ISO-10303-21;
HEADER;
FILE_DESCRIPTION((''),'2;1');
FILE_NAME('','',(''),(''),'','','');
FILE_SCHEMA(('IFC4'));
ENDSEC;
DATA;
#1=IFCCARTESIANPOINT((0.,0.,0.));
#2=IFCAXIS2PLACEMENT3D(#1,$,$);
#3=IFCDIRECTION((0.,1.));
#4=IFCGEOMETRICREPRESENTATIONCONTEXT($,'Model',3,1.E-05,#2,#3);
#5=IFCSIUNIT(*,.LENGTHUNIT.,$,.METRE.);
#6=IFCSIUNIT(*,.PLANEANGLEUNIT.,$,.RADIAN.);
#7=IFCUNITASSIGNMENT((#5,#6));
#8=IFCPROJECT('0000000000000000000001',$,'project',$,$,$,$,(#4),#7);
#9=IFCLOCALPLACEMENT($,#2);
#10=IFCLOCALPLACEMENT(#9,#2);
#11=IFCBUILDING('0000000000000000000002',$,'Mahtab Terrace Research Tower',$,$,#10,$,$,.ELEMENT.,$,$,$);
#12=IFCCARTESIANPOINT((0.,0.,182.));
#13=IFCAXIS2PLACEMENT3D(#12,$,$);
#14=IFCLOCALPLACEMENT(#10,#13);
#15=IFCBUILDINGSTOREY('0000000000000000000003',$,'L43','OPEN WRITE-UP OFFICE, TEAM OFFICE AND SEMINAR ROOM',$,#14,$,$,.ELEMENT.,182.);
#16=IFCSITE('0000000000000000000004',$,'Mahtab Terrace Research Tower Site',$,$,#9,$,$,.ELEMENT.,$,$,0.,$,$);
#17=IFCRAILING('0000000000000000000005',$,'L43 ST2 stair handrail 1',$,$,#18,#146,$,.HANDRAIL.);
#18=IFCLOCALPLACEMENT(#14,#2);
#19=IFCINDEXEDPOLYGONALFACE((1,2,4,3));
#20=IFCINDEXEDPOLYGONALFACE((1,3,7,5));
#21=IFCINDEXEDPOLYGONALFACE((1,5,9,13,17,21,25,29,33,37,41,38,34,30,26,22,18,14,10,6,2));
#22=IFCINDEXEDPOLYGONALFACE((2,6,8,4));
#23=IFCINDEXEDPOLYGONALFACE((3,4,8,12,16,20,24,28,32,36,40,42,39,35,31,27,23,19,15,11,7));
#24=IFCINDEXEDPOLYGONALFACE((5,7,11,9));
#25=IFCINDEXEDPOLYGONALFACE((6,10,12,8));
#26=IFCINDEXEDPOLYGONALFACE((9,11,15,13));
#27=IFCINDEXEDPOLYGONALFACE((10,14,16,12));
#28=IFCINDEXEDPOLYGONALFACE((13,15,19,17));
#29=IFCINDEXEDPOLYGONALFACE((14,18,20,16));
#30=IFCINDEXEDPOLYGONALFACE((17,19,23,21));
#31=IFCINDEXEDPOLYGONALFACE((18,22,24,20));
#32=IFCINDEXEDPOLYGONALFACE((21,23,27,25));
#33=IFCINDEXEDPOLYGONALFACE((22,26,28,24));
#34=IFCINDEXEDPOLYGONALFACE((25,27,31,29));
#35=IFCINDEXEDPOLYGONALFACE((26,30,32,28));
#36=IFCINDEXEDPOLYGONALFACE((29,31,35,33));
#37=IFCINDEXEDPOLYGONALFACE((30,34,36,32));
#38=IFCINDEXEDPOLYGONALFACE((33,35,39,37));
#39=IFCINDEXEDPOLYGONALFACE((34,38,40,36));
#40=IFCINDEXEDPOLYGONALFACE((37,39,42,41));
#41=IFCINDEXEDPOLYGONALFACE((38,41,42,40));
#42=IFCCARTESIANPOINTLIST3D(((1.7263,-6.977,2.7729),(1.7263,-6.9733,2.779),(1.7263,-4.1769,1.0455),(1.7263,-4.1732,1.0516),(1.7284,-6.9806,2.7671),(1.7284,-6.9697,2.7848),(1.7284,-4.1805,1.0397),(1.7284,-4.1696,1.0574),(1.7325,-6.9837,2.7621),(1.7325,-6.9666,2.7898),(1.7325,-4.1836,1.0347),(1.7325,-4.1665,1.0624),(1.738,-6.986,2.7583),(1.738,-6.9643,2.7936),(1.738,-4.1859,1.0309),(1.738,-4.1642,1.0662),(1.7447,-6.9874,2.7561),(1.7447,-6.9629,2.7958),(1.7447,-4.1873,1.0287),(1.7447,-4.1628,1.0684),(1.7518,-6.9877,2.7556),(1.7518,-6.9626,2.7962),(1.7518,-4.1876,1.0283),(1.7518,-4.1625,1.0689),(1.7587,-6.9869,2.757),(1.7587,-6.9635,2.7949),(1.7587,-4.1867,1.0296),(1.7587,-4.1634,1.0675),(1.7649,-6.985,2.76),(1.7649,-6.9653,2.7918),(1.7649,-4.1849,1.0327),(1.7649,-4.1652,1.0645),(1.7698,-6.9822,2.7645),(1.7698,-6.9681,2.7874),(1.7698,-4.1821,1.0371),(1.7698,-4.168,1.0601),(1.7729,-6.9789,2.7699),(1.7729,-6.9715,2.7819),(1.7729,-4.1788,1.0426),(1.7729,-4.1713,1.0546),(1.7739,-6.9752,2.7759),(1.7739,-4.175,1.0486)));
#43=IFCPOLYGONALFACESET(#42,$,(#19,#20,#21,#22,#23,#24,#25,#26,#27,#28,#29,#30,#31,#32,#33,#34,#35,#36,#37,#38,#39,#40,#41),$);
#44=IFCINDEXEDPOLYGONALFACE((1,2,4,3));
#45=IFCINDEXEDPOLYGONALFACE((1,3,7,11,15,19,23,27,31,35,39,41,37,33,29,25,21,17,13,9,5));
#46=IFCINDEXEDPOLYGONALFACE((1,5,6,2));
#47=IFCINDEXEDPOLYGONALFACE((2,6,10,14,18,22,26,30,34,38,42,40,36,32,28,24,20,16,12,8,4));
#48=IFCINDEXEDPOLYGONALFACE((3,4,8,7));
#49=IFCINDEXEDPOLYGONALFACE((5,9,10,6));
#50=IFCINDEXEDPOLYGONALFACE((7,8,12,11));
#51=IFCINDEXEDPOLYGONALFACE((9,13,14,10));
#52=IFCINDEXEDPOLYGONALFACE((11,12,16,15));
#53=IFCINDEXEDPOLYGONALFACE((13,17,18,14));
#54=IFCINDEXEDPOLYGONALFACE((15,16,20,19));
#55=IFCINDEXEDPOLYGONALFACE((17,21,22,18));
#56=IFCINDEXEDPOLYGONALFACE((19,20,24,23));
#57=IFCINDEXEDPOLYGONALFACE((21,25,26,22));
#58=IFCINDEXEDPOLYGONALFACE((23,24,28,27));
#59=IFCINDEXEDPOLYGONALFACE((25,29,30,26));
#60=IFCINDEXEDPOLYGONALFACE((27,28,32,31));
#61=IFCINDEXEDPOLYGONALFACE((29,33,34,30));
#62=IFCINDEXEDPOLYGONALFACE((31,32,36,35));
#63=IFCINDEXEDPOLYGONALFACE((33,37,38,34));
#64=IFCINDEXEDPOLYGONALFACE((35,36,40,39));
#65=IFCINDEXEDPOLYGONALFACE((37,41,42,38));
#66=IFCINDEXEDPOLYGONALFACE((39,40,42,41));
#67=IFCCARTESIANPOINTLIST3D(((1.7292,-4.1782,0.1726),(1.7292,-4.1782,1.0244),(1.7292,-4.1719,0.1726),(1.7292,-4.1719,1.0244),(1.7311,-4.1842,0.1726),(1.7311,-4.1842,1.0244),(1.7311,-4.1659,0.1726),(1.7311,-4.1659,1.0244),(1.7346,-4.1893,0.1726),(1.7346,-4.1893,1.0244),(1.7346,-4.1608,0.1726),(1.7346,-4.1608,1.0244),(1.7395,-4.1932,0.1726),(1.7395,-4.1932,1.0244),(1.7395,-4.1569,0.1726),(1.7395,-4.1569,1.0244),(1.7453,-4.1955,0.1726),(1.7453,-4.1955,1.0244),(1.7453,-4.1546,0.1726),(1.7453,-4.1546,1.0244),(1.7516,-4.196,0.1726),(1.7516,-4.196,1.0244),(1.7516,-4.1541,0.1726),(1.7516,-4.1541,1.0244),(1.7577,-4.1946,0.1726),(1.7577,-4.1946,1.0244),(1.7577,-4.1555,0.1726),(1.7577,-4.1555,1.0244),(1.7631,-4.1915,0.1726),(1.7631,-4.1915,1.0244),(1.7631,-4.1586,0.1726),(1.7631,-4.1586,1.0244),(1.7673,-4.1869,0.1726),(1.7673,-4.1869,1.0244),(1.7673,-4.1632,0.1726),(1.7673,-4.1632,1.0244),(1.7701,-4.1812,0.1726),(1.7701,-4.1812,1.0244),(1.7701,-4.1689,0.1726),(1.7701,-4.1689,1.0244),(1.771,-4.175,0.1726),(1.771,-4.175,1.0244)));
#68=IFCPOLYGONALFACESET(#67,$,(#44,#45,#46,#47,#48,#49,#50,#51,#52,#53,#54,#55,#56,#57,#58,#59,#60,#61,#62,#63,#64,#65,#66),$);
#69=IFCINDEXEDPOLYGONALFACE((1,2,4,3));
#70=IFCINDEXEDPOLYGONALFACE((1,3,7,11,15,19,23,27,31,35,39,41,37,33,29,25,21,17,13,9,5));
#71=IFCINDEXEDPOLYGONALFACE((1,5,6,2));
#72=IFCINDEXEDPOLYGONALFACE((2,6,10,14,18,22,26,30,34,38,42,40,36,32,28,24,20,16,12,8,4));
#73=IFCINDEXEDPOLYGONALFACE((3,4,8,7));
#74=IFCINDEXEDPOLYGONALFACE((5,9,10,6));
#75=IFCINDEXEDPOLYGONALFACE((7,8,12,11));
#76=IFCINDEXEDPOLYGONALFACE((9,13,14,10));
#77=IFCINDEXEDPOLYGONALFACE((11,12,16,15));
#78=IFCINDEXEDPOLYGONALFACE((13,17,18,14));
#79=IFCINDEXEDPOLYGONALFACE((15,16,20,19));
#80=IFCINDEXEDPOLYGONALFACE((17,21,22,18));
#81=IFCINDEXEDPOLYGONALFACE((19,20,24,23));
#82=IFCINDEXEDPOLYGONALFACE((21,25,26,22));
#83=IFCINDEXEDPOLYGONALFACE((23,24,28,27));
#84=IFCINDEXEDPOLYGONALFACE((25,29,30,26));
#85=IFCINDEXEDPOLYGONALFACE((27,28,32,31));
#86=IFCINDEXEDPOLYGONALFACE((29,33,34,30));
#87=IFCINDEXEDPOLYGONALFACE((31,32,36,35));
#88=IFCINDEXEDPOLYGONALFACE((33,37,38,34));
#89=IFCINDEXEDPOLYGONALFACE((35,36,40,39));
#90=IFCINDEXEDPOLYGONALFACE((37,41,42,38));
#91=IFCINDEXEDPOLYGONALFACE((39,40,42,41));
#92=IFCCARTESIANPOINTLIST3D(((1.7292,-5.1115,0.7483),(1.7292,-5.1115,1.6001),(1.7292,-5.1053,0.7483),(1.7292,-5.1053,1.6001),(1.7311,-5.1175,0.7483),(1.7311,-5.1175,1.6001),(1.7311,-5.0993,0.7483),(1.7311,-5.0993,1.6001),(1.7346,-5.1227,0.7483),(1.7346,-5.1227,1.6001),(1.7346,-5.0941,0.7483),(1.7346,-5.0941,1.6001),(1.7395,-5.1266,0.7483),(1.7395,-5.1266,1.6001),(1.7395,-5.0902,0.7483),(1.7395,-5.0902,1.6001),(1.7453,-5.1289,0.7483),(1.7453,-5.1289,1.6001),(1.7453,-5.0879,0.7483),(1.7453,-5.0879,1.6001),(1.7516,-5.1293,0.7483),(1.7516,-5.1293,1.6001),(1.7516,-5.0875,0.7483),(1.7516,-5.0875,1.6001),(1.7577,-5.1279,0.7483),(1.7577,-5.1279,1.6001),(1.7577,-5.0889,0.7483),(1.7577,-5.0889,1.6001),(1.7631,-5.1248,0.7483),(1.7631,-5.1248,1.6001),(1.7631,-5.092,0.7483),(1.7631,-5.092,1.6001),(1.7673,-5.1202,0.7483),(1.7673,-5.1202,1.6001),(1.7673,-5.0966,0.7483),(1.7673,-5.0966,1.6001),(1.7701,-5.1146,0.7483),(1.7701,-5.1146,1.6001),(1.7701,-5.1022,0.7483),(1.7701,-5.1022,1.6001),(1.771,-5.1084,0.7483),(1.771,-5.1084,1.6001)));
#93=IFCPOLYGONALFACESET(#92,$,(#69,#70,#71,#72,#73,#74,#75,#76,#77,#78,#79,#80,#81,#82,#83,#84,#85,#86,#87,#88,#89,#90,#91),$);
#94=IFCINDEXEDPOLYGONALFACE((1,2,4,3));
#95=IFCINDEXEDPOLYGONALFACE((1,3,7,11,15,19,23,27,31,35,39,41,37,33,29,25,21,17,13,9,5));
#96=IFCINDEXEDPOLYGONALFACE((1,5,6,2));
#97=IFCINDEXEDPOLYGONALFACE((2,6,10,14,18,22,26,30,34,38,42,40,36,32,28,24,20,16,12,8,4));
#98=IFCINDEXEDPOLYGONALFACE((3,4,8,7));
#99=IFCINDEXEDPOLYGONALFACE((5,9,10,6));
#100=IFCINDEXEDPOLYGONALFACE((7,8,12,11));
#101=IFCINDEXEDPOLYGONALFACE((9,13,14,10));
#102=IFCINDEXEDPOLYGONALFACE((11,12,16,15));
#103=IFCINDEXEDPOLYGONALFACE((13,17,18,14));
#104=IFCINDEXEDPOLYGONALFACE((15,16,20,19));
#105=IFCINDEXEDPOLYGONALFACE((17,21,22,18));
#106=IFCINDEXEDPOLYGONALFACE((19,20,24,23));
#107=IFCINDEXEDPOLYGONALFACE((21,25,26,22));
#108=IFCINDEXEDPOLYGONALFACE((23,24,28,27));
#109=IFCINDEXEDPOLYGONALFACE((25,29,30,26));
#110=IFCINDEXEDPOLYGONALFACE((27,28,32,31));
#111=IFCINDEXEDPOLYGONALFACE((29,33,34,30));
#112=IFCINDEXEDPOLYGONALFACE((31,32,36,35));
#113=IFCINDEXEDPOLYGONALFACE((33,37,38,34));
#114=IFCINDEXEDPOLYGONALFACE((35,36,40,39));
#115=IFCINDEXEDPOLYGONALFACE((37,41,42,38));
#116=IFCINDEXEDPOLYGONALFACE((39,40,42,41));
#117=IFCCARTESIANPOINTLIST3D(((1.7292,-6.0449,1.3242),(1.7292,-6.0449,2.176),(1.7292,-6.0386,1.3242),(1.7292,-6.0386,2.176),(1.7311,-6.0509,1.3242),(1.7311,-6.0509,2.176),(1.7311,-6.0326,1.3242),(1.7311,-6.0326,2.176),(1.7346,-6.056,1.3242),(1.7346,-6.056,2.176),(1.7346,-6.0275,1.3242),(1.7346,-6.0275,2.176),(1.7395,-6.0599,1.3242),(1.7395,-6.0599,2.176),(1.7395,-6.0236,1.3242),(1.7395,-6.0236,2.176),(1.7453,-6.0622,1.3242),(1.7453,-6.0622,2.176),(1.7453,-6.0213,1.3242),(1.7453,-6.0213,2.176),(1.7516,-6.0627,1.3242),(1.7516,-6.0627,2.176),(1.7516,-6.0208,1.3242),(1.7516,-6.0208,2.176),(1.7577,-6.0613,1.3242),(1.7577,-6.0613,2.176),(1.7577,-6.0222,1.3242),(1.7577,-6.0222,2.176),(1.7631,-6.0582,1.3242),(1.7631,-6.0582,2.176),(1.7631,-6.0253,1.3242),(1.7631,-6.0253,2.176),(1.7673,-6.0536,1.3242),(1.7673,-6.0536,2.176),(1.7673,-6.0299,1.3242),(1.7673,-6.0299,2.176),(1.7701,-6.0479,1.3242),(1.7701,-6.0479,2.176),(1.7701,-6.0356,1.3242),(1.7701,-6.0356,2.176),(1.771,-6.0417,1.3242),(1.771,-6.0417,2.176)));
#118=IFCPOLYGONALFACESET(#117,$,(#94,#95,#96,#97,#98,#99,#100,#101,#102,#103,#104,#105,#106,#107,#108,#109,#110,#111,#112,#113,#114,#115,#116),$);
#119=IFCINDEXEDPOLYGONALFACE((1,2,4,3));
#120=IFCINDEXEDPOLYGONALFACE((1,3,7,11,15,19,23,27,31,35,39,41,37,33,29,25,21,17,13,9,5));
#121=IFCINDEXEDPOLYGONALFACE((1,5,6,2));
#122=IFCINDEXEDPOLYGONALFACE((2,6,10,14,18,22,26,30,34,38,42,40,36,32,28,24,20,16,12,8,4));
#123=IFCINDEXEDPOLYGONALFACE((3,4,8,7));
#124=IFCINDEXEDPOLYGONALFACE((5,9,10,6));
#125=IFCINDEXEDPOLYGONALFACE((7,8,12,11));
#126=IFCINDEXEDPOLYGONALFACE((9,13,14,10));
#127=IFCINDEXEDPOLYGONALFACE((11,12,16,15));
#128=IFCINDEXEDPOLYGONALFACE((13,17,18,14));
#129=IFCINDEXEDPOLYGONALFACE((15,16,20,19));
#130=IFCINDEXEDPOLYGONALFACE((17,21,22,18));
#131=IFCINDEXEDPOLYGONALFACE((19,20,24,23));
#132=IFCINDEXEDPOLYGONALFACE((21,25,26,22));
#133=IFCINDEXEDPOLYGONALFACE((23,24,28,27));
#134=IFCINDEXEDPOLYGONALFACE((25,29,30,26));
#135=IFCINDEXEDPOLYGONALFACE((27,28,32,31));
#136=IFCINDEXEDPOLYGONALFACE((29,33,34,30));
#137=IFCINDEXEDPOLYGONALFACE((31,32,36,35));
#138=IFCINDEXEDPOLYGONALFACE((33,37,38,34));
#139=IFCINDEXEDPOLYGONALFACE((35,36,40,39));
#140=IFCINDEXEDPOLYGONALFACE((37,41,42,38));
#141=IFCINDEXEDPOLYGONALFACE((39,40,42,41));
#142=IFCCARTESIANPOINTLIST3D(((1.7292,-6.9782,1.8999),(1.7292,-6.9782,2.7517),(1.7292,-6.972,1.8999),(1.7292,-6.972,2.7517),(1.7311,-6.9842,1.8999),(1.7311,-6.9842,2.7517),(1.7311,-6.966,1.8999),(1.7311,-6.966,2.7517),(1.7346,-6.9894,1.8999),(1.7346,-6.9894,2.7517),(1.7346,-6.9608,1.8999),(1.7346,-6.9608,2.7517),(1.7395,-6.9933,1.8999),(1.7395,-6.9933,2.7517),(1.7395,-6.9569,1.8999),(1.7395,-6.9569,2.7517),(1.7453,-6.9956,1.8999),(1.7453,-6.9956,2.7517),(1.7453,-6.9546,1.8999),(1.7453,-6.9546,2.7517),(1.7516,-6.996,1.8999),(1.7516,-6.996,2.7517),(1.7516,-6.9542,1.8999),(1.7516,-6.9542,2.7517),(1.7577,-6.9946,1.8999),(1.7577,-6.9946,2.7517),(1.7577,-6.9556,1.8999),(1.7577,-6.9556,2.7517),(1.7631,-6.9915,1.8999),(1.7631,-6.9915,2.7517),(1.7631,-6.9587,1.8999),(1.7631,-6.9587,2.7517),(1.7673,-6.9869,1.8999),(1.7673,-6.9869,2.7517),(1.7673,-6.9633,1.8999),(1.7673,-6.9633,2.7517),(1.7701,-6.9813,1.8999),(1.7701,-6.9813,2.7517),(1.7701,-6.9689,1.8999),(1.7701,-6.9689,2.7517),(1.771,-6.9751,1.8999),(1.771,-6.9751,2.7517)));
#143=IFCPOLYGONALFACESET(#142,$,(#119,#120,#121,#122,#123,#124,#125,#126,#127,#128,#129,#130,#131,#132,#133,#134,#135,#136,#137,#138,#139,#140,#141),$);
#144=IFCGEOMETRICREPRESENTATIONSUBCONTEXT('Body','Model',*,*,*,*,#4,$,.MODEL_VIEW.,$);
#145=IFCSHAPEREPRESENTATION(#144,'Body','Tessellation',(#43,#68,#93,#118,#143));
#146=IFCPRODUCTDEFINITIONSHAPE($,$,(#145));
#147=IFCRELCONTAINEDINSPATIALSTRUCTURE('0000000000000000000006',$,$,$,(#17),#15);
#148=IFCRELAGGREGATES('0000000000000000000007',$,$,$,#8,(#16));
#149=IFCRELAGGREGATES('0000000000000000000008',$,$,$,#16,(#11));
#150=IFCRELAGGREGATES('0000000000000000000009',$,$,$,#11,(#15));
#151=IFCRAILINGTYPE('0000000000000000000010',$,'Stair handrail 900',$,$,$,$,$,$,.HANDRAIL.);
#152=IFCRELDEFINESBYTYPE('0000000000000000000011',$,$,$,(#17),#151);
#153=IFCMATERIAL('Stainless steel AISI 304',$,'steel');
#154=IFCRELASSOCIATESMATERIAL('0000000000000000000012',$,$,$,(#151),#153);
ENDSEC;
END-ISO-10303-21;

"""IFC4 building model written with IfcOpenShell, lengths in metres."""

from ifc_helpers import new_model, si_unit, direction, frame, origin, origin_2d, place, context, subcontext, project, spatial, circle, extrude, material, type_object, element, save


model = new_model("IFC4")

# Units and contexts
model_context = context("Model", 3, precision=1e-05, world=origin(), true_north=direction((0.0, 1.0)))
body_context = subcontext(model_context, "Body", "Model", "MODEL_VIEW")
ifc_project = project(units=[si_unit("LENGTHUNIT", "METRE"), si_unit("PLANEANGLEUNIT", "RADIAN")], contexts=[model_context])

# Site, building, storey
site_placement = place(None, origin())
site = spatial("IfcSite", under=ifc_project, at=site_placement, Name="Mahtab Terrace Research Tower Site", CompositionType="ELEMENT", RefElevation=0.0)
building_placement = place(site_placement, origin())
building = spatial("IfcBuilding", under=site, at=building_placement, Name="Mahtab Terrace Research Tower", CompositionType="ELEMENT")
storey_placement = place(building_placement, frame((0.0, 0.0, 182.0)))
storey = spatial("IfcBuildingStorey", under=building, at=storey_placement, Name="L43", Description="OPEN WRITE-UP OFFICE, TEAM OFFICE AND SEMINAR ROOM", CompositionType="ELEMENT", Elevation=182.0)

# Railing
ifc_material_1 = material(Name="Stainless steel AISI 304", Category="steel")
railing_type_1 = type_object("IfcRailingType", Name="Stair handrail 900", PredefinedType="HANDRAIL", material=ifc_material_1)
railing_1_placement = place(storey_placement, frame((1.75, -4.175, 0.1726)))
element("IfcRailing", 1, at=railing_1_placement, inside=storey, type_object=railing_type_1, Name="L43 ST2 stair handrail 1", PredefinedType="HANDRAIL", context=body_context, shape_type="SweptSolid", body=[
    extrude(circle(Radius=0.0239, at=origin_2d()), frame((0.0, 0.0, 0.876), z_axis=(0.0, -0.85109, 0.52502), x_axis=(1.0, 0.0, 0.0)), (0.0, 0.0, 1.0), 3.29),
    extrude(circle(Radius=0.021, at=origin_2d()), origin(), (0.0, 0.0, 1.0), 0.8518),
    extrude(circle(Radius=0.021, at=origin_2d()), frame((0.0, -0.9333, 0.5757)), (0.0, 0.0, 1.0), 0.8518),
    extrude(circle(Radius=0.021, at=origin_2d()), frame((0.0, -1.8667, 1.1516)), (0.0, 0.0, 1.0), 0.8518),
    extrude(circle(Radius=0.021, at=origin_2d()), frame((0.0, -2.8, 1.7273)), (0.0, 0.0, 1.0), 0.8518),
])

save(model, "model.ifc")
